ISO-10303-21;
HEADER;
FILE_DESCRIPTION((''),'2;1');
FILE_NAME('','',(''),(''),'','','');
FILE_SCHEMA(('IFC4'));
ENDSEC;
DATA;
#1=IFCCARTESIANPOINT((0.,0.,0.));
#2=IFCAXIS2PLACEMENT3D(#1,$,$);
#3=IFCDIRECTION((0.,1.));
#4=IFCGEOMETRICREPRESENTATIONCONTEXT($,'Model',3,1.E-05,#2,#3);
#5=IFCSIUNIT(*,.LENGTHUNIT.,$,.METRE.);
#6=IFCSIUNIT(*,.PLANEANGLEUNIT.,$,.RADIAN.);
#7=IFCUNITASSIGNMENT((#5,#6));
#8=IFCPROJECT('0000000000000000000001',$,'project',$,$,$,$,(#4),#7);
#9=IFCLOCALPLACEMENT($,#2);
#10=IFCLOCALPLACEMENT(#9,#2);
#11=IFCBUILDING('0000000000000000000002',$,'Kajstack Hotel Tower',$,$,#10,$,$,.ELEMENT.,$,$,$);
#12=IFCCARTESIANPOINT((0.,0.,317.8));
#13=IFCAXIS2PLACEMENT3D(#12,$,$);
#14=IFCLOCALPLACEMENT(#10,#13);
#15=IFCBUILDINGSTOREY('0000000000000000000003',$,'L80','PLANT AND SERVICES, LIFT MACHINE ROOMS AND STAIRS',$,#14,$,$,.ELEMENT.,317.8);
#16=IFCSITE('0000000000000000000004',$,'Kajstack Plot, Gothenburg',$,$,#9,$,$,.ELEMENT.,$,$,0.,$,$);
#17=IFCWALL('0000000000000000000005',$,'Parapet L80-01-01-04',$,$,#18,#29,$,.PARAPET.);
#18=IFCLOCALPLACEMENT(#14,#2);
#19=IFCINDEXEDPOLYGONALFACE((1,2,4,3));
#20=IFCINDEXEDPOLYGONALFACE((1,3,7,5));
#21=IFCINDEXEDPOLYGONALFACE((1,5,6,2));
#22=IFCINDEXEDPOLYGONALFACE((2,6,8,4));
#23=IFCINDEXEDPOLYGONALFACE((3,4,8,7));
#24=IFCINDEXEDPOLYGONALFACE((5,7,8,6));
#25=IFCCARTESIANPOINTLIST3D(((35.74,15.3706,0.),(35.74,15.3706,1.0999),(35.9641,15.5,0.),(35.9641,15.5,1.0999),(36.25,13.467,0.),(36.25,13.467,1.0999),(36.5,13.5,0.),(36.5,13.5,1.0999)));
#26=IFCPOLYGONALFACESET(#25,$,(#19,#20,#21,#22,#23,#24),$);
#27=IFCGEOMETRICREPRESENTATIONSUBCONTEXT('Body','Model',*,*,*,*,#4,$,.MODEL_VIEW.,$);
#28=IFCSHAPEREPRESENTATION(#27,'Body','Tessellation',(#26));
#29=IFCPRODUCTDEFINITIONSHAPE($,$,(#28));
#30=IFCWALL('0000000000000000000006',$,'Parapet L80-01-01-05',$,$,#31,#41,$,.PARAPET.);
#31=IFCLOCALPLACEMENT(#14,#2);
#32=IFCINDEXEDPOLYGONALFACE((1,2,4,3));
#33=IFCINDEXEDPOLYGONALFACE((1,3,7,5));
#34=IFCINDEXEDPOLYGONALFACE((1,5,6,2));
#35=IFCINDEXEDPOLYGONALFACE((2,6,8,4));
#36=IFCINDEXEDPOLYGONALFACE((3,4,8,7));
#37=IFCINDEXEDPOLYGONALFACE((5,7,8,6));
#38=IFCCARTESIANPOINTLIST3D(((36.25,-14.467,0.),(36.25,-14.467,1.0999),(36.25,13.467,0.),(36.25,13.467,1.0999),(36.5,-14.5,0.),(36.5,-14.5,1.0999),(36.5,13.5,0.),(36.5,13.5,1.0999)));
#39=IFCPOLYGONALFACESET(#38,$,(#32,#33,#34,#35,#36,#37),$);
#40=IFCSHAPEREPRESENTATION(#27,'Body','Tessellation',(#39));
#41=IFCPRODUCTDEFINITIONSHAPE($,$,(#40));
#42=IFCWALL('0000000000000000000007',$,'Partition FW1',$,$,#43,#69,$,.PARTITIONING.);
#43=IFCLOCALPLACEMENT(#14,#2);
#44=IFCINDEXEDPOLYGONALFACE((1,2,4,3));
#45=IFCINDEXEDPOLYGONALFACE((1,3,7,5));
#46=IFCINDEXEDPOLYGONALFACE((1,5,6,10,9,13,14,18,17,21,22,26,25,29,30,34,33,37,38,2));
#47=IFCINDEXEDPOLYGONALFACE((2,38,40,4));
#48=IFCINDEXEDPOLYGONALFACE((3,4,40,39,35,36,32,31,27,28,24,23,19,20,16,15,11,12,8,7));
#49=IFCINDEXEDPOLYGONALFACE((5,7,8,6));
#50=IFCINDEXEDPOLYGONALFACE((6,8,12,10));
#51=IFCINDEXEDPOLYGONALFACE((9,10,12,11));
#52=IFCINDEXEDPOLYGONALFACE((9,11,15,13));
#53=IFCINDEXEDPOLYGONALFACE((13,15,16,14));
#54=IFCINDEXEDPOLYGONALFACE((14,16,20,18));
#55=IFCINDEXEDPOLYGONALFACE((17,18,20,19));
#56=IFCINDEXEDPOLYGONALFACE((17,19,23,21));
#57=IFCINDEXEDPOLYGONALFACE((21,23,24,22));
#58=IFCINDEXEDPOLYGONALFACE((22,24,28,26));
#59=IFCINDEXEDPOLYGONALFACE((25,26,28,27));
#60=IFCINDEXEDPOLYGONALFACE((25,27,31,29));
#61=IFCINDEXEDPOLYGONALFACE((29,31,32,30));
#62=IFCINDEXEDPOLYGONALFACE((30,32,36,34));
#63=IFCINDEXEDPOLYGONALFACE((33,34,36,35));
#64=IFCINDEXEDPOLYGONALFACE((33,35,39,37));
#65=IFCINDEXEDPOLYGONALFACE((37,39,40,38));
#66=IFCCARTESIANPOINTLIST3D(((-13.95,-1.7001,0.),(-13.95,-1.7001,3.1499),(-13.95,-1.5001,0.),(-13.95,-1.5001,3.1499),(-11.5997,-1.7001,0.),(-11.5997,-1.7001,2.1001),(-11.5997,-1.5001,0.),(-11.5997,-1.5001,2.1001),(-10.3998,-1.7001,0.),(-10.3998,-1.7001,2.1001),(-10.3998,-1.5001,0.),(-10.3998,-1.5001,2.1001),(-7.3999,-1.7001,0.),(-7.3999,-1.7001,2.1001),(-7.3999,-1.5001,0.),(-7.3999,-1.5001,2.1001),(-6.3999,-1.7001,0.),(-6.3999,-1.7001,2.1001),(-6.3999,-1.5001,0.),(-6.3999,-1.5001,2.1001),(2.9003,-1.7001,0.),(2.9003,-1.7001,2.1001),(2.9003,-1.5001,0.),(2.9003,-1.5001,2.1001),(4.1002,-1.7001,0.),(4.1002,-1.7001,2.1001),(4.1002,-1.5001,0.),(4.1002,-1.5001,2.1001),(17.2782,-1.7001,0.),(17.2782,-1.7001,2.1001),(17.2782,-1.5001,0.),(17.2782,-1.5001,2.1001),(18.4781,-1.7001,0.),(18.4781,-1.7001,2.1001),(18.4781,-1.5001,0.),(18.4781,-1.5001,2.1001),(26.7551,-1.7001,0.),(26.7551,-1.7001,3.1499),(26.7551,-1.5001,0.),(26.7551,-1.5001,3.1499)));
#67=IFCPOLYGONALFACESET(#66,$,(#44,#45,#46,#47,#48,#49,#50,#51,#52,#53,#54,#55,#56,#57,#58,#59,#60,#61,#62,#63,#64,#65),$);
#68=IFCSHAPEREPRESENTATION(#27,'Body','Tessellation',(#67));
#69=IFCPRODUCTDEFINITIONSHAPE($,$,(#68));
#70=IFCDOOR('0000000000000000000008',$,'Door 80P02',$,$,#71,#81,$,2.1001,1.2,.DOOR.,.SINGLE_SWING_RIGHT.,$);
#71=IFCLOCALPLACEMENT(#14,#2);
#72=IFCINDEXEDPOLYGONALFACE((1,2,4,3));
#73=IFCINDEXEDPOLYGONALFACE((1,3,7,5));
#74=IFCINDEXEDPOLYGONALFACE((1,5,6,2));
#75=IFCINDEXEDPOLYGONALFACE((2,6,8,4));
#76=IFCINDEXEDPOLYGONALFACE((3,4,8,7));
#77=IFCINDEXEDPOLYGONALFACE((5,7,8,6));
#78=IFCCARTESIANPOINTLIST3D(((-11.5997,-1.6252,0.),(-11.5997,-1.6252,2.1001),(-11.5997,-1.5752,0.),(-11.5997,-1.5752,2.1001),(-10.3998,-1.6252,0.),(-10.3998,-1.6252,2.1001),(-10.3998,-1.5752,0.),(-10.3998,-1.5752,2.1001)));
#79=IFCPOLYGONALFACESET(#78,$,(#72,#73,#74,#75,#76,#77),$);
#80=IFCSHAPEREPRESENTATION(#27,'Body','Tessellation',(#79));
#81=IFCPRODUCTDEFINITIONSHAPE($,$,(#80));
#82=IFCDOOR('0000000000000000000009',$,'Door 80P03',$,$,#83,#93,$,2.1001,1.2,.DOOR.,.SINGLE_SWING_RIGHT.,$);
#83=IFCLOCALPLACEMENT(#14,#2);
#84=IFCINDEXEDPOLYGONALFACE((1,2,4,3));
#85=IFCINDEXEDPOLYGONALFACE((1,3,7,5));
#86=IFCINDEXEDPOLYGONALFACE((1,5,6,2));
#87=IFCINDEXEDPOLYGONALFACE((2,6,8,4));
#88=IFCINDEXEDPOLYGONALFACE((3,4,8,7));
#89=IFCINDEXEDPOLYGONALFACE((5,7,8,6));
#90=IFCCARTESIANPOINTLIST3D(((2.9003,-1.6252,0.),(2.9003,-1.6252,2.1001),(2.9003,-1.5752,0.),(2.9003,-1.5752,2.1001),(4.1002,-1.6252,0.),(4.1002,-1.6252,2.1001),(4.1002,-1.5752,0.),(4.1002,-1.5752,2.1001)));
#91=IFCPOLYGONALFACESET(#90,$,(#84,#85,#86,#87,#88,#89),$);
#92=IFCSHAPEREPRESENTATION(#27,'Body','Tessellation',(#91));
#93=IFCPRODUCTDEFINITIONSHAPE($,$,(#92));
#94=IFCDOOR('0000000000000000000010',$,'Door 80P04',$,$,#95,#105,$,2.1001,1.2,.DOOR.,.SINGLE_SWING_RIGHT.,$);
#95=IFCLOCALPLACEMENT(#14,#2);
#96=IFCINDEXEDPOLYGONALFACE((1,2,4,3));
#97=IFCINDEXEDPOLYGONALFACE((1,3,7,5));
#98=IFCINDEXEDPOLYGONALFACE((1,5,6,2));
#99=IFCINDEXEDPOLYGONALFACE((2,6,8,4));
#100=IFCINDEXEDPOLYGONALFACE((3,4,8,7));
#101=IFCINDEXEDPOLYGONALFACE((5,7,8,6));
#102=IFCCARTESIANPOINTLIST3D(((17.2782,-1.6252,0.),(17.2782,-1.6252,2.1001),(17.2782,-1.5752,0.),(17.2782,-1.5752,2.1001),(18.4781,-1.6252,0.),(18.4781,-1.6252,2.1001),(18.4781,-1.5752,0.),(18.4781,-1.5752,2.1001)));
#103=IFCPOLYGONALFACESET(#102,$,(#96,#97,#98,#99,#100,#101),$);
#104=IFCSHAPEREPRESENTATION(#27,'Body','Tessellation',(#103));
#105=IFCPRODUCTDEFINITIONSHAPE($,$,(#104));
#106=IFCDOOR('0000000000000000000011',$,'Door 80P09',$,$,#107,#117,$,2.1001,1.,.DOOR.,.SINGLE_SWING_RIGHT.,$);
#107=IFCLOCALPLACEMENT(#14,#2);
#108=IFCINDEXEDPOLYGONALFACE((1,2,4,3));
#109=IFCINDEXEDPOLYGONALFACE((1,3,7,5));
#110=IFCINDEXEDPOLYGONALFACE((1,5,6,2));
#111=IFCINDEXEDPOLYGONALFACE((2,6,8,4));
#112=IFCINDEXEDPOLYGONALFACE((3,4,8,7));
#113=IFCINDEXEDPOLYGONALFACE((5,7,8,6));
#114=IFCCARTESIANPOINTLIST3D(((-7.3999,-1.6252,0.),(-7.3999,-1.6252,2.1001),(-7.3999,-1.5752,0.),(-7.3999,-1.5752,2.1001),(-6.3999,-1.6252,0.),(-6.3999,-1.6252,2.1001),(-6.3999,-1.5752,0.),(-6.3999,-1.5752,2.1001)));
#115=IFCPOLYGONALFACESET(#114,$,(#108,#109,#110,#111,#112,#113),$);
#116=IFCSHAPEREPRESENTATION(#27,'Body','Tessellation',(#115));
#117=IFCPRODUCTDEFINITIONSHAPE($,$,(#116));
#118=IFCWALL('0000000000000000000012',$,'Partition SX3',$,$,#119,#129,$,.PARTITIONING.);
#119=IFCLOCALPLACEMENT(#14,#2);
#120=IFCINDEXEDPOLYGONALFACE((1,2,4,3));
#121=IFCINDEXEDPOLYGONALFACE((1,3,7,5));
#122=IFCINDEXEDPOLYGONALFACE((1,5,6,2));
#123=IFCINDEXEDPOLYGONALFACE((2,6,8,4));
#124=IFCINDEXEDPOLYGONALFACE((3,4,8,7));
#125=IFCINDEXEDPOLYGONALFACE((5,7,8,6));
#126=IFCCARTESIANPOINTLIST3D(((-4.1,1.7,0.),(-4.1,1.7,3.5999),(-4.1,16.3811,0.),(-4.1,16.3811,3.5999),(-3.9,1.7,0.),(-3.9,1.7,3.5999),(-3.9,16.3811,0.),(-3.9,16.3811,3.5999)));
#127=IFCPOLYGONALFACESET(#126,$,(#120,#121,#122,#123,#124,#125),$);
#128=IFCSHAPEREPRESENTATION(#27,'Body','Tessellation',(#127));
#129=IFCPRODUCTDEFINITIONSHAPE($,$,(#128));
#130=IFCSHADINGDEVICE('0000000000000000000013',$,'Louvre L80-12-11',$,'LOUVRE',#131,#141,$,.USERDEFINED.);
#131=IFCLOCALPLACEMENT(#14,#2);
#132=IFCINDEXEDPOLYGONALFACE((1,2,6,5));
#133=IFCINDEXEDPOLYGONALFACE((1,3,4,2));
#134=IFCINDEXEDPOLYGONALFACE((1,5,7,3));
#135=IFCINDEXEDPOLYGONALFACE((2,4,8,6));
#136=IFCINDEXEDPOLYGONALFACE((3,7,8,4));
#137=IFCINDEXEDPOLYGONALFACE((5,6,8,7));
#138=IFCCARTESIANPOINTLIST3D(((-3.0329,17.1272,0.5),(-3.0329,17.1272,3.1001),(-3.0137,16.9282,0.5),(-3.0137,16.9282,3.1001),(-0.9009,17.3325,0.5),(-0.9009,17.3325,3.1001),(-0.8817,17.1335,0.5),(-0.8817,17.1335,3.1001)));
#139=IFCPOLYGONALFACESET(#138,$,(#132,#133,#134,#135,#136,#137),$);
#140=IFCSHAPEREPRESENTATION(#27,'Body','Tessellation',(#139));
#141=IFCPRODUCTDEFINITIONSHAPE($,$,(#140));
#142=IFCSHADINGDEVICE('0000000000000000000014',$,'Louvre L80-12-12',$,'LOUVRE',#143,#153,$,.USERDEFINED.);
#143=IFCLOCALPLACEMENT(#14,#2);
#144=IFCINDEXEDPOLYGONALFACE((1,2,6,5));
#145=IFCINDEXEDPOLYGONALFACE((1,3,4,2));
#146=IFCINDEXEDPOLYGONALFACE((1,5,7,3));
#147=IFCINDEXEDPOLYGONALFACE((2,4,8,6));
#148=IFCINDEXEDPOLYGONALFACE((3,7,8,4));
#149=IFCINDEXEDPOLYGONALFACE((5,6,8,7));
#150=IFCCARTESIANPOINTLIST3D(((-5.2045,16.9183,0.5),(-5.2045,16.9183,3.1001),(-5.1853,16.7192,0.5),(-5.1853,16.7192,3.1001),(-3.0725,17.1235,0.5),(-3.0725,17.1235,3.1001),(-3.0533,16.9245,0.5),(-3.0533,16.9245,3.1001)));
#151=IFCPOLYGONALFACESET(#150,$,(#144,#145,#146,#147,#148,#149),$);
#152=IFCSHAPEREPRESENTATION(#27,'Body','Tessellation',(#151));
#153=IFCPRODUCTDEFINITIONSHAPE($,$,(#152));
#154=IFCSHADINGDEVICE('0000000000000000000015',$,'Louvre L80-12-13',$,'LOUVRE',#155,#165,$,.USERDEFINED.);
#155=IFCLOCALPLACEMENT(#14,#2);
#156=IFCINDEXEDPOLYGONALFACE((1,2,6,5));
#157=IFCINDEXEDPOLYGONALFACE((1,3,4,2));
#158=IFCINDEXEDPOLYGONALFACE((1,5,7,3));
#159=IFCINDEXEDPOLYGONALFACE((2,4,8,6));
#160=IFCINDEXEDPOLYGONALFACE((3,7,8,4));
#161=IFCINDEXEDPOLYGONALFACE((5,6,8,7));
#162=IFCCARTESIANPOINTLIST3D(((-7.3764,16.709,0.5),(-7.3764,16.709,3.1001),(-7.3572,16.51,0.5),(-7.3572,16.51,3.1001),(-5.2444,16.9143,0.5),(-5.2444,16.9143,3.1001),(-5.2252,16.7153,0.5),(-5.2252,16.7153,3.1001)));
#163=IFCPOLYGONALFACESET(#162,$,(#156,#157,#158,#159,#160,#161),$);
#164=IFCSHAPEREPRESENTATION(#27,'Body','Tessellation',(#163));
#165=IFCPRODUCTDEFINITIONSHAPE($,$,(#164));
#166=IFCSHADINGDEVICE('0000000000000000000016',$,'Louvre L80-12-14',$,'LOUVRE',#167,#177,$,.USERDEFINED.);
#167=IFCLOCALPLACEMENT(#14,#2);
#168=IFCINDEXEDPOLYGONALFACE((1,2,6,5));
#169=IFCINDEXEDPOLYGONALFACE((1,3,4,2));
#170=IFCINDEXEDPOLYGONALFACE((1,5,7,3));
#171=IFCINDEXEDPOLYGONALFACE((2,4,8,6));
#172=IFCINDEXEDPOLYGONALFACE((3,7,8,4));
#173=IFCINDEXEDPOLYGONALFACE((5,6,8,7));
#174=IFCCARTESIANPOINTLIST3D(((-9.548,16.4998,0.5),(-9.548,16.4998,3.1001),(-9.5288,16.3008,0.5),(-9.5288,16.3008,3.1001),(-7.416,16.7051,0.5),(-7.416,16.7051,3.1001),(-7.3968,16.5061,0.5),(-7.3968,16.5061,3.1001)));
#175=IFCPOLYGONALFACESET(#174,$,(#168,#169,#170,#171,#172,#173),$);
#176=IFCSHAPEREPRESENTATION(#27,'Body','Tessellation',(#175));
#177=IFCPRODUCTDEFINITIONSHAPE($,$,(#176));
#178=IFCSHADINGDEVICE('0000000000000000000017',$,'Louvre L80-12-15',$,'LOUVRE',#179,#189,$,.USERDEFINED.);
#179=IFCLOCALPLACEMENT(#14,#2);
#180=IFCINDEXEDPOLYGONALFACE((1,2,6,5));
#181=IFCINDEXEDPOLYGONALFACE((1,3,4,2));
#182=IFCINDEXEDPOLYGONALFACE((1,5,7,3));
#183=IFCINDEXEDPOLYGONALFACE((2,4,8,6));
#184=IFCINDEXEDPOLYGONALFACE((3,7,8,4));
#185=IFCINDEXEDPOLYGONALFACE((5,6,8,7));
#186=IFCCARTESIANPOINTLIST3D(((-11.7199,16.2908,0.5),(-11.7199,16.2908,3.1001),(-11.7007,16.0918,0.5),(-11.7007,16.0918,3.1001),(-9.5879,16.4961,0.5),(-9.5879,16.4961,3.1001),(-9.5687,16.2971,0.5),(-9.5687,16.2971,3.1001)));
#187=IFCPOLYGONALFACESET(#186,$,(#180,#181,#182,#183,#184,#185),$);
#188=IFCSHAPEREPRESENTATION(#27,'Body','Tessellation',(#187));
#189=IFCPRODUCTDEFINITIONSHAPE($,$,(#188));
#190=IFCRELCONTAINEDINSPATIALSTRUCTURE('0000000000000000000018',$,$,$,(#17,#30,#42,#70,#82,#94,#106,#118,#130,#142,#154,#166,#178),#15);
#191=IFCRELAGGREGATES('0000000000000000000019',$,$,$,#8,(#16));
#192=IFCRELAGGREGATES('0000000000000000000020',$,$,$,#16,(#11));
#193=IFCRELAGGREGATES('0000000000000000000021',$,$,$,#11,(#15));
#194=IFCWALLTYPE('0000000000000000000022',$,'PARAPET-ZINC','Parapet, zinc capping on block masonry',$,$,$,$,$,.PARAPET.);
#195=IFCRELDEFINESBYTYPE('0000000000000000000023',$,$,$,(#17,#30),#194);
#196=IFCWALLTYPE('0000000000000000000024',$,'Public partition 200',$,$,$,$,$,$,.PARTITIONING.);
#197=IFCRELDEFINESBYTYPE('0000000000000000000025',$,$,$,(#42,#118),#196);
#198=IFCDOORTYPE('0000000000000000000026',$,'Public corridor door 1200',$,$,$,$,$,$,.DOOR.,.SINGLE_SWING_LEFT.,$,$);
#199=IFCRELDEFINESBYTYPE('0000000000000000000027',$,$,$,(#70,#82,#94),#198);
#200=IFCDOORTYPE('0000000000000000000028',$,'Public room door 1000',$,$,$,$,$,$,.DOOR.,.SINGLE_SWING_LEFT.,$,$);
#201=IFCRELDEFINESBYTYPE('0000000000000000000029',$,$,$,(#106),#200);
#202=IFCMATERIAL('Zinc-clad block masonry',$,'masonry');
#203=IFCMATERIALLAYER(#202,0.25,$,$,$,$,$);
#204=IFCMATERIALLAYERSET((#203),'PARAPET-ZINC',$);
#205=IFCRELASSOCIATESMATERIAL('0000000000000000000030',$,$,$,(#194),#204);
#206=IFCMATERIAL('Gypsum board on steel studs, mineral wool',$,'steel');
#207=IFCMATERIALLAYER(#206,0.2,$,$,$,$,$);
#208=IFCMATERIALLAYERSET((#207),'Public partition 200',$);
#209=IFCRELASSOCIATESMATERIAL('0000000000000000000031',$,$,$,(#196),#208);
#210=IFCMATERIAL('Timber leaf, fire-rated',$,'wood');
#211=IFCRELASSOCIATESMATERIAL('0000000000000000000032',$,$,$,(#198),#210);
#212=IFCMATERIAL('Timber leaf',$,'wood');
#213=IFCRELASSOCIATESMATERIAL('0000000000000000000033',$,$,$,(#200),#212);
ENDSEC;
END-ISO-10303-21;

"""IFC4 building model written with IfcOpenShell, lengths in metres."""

from ifc_helpers import new_model, si_unit, direction, frame, frame_2d, origin, origin_2d, place, context, subcontext, project, spatial, polyline, rectangle, outline, extrude, material, layer, layer_set, type_object, element, fill, save


model = new_model("IFC4")

# Units and contexts
model_context = context("Model", 3, precision=1e-05, world=origin(), true_north=direction((0.0, 1.0)))
body_context = subcontext(model_context, "Body", "Model", "MODEL_VIEW")
ifc_project = project(units=[si_unit("LENGTHUNIT", "METRE"), si_unit("PLANEANGLEUNIT", "RADIAN")], contexts=[model_context])

# Site, building, storey
site_placement = place(None, origin())
site = spatial("IfcSite", under=ifc_project, at=site_placement, Name="Kajstack Plot, Gothenburg", CompositionType="ELEMENT", RefElevation=0.0)
building_placement = place(site_placement, origin())
building = spatial("IfcBuilding", under=site, at=building_placement, Name="Kajstack Hotel Tower", CompositionType="ELEMENT")
storey_placement = place(building_placement, frame((0.0, 0.0, 317.8)))
storey = spatial("IfcBuildingStorey", under=building, at=storey_placement, Name="L80", Description="PLANT AND SERVICES, LIFT MACHINE ROOMS AND STAIRS", CompositionType="ELEMENT", Elevation=317.8)

# Walls
ifc_material_1 = material(Name="Zinc-clad block masonry", Category="masonry")
ifc_layer_1 = layer(ifc_material_1, 0.25)
ifc_layer_set_1 = layer_set([ifc_layer_1], Name="PARAPET-ZINC")
wall_type_1 = type_object("IfcWallType", Name="PARAPET-ZINC", Description="Parapet, zinc capping on block masonry", PredefinedType="PARAPET", material=ifc_layer_set_1)
wall_1_placement = place(storey_placement, origin())
element("IfcWall", 1, at=wall_1_placement, inside=storey, type_object=wall_type_1, Name="Parapet L80-01-01-04", PredefinedType="PARAPET", context=body_context, shape_type="SweptSolid", body=[
    extrude(outline(polyline([(35.9641, 15.5), (35.74, 15.3706), (36.25, 13.467), (36.5, 13.5), (35.9641, 15.5)])), origin(), (0.0, 0.0, 1.0), 1.0999),
])
wall_2_placement = place(storey_placement, origin())
element("IfcWall", 2, at=wall_2_placement, inside=storey, type_object=wall_type_1, Name="Parapet L80-01-01-05", PredefinedType="PARAPET", context=body_context, shape_type="SweptSolid", body=[
    extrude(outline(polyline([(36.5, 13.5), (36.25, 13.467), (36.25, -14.467), (36.5, -14.5), (36.5, 13.5)])), origin(), (0.0, 0.0, 1.0), 1.0999),
])

# Wall, openings, doors
ifc_material_2 = material(Name="Gypsum board on steel studs, mineral wool", Category="steel")
ifc_layer_2 = layer(ifc_material_2, 0.2)
ifc_layer_set_2 = layer_set([ifc_layer_2], Name="Public partition 200")
wall_type_2 = type_object("IfcWallType", Name="Public partition 200", PredefinedType="PARTITIONING", material=ifc_layer_set_2)
wall_3_placement = place(storey_placement, frame((-13.95, -1.6001, 0.0), z_axis=(0.0, 0.0, 1.0), x_axis=(1.0, 0.0, 0.0)))
wall_3 = element("IfcWall", 3, at=wall_3_placement, inside=storey, type_object=wall_type_2, Name="Partition FW1", PredefinedType="PARTITIONING", context=body_context, shape_type="SweptSolid", body=[
    extrude(rectangle(XDim=40.7051, YDim=0.2, at=frame_2d((20.3525, 0.0))), origin(), (0.0, 0.0, 1.0), 3.1499),
])
opening_1_placement = place(wall_3_placement, frame((2.3501, 0.0, 0.0)))
opening_1 = element("IfcOpeningElement", 4, at=opening_1_placement, cuts=wall_3, PredefinedType="OPENING", context=body_context, shape_type="SweptSolid", body=[
    extrude(rectangle(XDim=1.2, YDim=2.1001, at=frame_2d((0.6001, 1.05))), frame((0.0, 0.1099, 0.0), z_axis=(0.0, -1.0, 0.0), x_axis=(1.0, 0.0, 0.0)), (0.0, 0.0, 1.0), 0.22),
])
opening_2_placement = place(wall_3_placement, frame((16.8501, 0.0, 0.0)))
opening_2 = element("IfcOpeningElement", 5, at=opening_2_placement, cuts=wall_3, PredefinedType="OPENING", context=body_context, shape_type="SweptSolid", body=[
    extrude(rectangle(XDim=1.2, YDim=2.1001, at=frame_2d((0.6001, 1.05))), frame((0.0, 0.1099, 0.0), z_axis=(0.0, -1.0, 0.0), x_axis=(1.0, 0.0, 0.0)), (0.0, 0.0, 1.0), 0.22),
])
opening_3_placement = place(wall_3_placement, frame((31.228, 0.0, 0.0)))
opening_3 = element("IfcOpeningElement", 6, at=opening_3_placement, cuts=wall_3, PredefinedType="OPENING", context=body_context, shape_type="SweptSolid", body=[
    extrude(rectangle(XDim=1.2, YDim=2.1001, at=frame_2d((0.6001, 1.05))), frame((0.0, 0.1099, 0.0), z_axis=(0.0, -1.0, 0.0), x_axis=(1.0, 0.0, 0.0)), (0.0, 0.0, 1.0), 0.22),
])
opening_4_placement = place(wall_3_placement, frame((6.55, 0.0, 0.0)))
opening_4 = element("IfcOpeningElement", 7, at=opening_4_placement, cuts=wall_3, PredefinedType="OPENING", context=body_context, shape_type="SweptSolid", body=[
    extrude(rectangle(XDim=1.0, YDim=2.1001, at=frame_2d((0.5, 1.05))), frame((0.0, 0.1099, 0.0), z_axis=(0.0, -1.0, 0.0), x_axis=(1.0, 0.0, 0.0)), (0.0, 0.0, 1.0), 0.22),
])
ifc_material_3 = material(Name="Timber leaf, fire-rated", Category="wood")
door_type_1 = type_object("IfcDoorType", Name="Public corridor door 1200", OperationType="SINGLE_SWING_LEFT", PredefinedType="DOOR", material=ifc_material_3)
door_1_placement = place(opening_1_placement, origin())
door_1 = element("IfcDoor", 8, at=door_1_placement, inside=storey, type_object=door_type_1, Name="Door 80P02", OperationType="SINGLE_SWING_RIGHT", OverallHeight=2.1001, OverallWidth=1.2, PredefinedType="DOOR", context=body_context, shape_type="SweptSolid", body=[
    extrude(rectangle(XDim=1.2, YDim=2.1001, at=frame_2d((0.6001, 1.05))), frame((0.0, 0.0249, 0.0), z_axis=(0.0, -1.0, 0.0), x_axis=(1.0, 0.0, 0.0)), (0.0, 0.0, 1.0), 0.05),
])
fill(opening_1, door_1)
door_2_placement = place(opening_2_placement, origin())
door_2 = element("IfcDoor", 9, at=door_2_placement, inside=storey, type_object=door_type_1, Name="Door 80P03", OperationType="SINGLE_SWING_RIGHT", OverallHeight=2.1001, OverallWidth=1.2, PredefinedType="DOOR", context=body_context, shape_type="SweptSolid", body=[
    extrude(rectangle(XDim=1.2, YDim=2.1001, at=frame_2d((0.6001, 1.05))), frame((0.0, 0.0249, 0.0), z_axis=(0.0, -1.0, 0.0), x_axis=(1.0, 0.0, 0.0)), (0.0, 0.0, 1.0), 0.05),
])
fill(opening_2, door_2)
door_3_placement = place(opening_3_placement, origin())
door_3 = element("IfcDoor", 10, at=door_3_placement, inside=storey, type_object=door_type_1, Name="Door 80P04", OperationType="SINGLE_SWING_RIGHT", OverallHeight=2.1001, OverallWidth=1.2, PredefinedType="DOOR", context=body_context, shape_type="SweptSolid", body=[
    extrude(rectangle(XDim=1.2, YDim=2.1001, at=frame_2d((0.6001, 1.05))), frame((0.0, 0.0249, 0.0), z_axis=(0.0, -1.0, 0.0), x_axis=(1.0, 0.0, 0.0)), (0.0, 0.0, 1.0), 0.05),
])
fill(opening_3, door_3)
ifc_material_4 = material(Name="Timber leaf", Category="wood")
door_type_2 = type_object("IfcDoorType", Name="Public room door 1000", OperationType="SINGLE_SWING_LEFT", PredefinedType="DOOR", material=ifc_material_4)
door_4_placement = place(opening_4_placement, origin())
door_4 = element("IfcDoor", 11, at=door_4_placement, inside=storey, type_object=door_type_2, Name="Door 80P09", OperationType="SINGLE_SWING_RIGHT", OverallHeight=2.1001, OverallWidth=1.0, PredefinedType="DOOR", context=body_context, shape_type="SweptSolid", body=[
    extrude(rectangle(XDim=1.0, YDim=2.1001, at=frame_2d((0.5, 1.05))), frame((0.0, 0.0249, 0.0), z_axis=(0.0, -1.0, 0.0), x_axis=(1.0, 0.0, 0.0)), (0.0, 0.0, 1.0), 0.05),
])
fill(opening_4, door_4)

# Wall
wall_4_placement = place(storey_placement, frame((-4.0, 1.7, 0.0), z_axis=(0.0, 0.0, 1.0), x_axis=(0.0, 1.0, 0.0)))
element("IfcWall", 12, at=wall_4_placement, inside=storey, type_object=wall_type_2, Name="Partition SX3", PredefinedType="PARTITIONING", context=body_context, shape_type="SweptSolid", body=[
    extrude(rectangle(XDim=14.6812, YDim=0.2, at=frame_2d((7.3406, 0.0))), origin(), (0.0, 0.0, 1.0), 3.5999),
])

# Shading devices
for number, where, z_axis, x_axis, name in (
    (13, (-1.9573, 17.1304, 0.5), (0.0, 0.0, 1.0), (-0.995396, -0.095846, 0.0), "Louvre L80-12-11"),
    (14, (-4.1289, 16.9214, 0.5), (0.0, 0.0, 1.0), (-0.995396, -0.095846, 0.0), "Louvre L80-12-12"),
    (15, (-6.3008, 16.7122, 0.5), (0.0, 0.0, 1.0), (-0.995396, -0.095846, 0.0), "Louvre L80-12-13"),
    (16, (-8.4724, 16.5029, 0.5), (0.0, 0.0, 1.0), (-0.995396, -0.095846, 0.0), "Louvre L80-12-14"),
    (17, (-10.6443, 16.2939, 0.5), (0.0, 0.0, 1.0), (-0.995396, -0.095846, 0.0), "Louvre L80-12-15"),
):
    element("IfcShadingDevice", number, at=place(storey_placement, frame(where, z_axis=z_axis, x_axis=x_axis)), inside=storey, Name=name, ObjectType="LOUVRE", PredefinedType="USERDEFINED", context=body_context, shape_type="SweptSolid", body=[
        extrude(rectangle(XDim=2.1418, YDim=0.2, at=origin_2d()), origin(), (0.0, 0.0, 1.0), 2.6001),
    ])

save(model, "model.ifc")
